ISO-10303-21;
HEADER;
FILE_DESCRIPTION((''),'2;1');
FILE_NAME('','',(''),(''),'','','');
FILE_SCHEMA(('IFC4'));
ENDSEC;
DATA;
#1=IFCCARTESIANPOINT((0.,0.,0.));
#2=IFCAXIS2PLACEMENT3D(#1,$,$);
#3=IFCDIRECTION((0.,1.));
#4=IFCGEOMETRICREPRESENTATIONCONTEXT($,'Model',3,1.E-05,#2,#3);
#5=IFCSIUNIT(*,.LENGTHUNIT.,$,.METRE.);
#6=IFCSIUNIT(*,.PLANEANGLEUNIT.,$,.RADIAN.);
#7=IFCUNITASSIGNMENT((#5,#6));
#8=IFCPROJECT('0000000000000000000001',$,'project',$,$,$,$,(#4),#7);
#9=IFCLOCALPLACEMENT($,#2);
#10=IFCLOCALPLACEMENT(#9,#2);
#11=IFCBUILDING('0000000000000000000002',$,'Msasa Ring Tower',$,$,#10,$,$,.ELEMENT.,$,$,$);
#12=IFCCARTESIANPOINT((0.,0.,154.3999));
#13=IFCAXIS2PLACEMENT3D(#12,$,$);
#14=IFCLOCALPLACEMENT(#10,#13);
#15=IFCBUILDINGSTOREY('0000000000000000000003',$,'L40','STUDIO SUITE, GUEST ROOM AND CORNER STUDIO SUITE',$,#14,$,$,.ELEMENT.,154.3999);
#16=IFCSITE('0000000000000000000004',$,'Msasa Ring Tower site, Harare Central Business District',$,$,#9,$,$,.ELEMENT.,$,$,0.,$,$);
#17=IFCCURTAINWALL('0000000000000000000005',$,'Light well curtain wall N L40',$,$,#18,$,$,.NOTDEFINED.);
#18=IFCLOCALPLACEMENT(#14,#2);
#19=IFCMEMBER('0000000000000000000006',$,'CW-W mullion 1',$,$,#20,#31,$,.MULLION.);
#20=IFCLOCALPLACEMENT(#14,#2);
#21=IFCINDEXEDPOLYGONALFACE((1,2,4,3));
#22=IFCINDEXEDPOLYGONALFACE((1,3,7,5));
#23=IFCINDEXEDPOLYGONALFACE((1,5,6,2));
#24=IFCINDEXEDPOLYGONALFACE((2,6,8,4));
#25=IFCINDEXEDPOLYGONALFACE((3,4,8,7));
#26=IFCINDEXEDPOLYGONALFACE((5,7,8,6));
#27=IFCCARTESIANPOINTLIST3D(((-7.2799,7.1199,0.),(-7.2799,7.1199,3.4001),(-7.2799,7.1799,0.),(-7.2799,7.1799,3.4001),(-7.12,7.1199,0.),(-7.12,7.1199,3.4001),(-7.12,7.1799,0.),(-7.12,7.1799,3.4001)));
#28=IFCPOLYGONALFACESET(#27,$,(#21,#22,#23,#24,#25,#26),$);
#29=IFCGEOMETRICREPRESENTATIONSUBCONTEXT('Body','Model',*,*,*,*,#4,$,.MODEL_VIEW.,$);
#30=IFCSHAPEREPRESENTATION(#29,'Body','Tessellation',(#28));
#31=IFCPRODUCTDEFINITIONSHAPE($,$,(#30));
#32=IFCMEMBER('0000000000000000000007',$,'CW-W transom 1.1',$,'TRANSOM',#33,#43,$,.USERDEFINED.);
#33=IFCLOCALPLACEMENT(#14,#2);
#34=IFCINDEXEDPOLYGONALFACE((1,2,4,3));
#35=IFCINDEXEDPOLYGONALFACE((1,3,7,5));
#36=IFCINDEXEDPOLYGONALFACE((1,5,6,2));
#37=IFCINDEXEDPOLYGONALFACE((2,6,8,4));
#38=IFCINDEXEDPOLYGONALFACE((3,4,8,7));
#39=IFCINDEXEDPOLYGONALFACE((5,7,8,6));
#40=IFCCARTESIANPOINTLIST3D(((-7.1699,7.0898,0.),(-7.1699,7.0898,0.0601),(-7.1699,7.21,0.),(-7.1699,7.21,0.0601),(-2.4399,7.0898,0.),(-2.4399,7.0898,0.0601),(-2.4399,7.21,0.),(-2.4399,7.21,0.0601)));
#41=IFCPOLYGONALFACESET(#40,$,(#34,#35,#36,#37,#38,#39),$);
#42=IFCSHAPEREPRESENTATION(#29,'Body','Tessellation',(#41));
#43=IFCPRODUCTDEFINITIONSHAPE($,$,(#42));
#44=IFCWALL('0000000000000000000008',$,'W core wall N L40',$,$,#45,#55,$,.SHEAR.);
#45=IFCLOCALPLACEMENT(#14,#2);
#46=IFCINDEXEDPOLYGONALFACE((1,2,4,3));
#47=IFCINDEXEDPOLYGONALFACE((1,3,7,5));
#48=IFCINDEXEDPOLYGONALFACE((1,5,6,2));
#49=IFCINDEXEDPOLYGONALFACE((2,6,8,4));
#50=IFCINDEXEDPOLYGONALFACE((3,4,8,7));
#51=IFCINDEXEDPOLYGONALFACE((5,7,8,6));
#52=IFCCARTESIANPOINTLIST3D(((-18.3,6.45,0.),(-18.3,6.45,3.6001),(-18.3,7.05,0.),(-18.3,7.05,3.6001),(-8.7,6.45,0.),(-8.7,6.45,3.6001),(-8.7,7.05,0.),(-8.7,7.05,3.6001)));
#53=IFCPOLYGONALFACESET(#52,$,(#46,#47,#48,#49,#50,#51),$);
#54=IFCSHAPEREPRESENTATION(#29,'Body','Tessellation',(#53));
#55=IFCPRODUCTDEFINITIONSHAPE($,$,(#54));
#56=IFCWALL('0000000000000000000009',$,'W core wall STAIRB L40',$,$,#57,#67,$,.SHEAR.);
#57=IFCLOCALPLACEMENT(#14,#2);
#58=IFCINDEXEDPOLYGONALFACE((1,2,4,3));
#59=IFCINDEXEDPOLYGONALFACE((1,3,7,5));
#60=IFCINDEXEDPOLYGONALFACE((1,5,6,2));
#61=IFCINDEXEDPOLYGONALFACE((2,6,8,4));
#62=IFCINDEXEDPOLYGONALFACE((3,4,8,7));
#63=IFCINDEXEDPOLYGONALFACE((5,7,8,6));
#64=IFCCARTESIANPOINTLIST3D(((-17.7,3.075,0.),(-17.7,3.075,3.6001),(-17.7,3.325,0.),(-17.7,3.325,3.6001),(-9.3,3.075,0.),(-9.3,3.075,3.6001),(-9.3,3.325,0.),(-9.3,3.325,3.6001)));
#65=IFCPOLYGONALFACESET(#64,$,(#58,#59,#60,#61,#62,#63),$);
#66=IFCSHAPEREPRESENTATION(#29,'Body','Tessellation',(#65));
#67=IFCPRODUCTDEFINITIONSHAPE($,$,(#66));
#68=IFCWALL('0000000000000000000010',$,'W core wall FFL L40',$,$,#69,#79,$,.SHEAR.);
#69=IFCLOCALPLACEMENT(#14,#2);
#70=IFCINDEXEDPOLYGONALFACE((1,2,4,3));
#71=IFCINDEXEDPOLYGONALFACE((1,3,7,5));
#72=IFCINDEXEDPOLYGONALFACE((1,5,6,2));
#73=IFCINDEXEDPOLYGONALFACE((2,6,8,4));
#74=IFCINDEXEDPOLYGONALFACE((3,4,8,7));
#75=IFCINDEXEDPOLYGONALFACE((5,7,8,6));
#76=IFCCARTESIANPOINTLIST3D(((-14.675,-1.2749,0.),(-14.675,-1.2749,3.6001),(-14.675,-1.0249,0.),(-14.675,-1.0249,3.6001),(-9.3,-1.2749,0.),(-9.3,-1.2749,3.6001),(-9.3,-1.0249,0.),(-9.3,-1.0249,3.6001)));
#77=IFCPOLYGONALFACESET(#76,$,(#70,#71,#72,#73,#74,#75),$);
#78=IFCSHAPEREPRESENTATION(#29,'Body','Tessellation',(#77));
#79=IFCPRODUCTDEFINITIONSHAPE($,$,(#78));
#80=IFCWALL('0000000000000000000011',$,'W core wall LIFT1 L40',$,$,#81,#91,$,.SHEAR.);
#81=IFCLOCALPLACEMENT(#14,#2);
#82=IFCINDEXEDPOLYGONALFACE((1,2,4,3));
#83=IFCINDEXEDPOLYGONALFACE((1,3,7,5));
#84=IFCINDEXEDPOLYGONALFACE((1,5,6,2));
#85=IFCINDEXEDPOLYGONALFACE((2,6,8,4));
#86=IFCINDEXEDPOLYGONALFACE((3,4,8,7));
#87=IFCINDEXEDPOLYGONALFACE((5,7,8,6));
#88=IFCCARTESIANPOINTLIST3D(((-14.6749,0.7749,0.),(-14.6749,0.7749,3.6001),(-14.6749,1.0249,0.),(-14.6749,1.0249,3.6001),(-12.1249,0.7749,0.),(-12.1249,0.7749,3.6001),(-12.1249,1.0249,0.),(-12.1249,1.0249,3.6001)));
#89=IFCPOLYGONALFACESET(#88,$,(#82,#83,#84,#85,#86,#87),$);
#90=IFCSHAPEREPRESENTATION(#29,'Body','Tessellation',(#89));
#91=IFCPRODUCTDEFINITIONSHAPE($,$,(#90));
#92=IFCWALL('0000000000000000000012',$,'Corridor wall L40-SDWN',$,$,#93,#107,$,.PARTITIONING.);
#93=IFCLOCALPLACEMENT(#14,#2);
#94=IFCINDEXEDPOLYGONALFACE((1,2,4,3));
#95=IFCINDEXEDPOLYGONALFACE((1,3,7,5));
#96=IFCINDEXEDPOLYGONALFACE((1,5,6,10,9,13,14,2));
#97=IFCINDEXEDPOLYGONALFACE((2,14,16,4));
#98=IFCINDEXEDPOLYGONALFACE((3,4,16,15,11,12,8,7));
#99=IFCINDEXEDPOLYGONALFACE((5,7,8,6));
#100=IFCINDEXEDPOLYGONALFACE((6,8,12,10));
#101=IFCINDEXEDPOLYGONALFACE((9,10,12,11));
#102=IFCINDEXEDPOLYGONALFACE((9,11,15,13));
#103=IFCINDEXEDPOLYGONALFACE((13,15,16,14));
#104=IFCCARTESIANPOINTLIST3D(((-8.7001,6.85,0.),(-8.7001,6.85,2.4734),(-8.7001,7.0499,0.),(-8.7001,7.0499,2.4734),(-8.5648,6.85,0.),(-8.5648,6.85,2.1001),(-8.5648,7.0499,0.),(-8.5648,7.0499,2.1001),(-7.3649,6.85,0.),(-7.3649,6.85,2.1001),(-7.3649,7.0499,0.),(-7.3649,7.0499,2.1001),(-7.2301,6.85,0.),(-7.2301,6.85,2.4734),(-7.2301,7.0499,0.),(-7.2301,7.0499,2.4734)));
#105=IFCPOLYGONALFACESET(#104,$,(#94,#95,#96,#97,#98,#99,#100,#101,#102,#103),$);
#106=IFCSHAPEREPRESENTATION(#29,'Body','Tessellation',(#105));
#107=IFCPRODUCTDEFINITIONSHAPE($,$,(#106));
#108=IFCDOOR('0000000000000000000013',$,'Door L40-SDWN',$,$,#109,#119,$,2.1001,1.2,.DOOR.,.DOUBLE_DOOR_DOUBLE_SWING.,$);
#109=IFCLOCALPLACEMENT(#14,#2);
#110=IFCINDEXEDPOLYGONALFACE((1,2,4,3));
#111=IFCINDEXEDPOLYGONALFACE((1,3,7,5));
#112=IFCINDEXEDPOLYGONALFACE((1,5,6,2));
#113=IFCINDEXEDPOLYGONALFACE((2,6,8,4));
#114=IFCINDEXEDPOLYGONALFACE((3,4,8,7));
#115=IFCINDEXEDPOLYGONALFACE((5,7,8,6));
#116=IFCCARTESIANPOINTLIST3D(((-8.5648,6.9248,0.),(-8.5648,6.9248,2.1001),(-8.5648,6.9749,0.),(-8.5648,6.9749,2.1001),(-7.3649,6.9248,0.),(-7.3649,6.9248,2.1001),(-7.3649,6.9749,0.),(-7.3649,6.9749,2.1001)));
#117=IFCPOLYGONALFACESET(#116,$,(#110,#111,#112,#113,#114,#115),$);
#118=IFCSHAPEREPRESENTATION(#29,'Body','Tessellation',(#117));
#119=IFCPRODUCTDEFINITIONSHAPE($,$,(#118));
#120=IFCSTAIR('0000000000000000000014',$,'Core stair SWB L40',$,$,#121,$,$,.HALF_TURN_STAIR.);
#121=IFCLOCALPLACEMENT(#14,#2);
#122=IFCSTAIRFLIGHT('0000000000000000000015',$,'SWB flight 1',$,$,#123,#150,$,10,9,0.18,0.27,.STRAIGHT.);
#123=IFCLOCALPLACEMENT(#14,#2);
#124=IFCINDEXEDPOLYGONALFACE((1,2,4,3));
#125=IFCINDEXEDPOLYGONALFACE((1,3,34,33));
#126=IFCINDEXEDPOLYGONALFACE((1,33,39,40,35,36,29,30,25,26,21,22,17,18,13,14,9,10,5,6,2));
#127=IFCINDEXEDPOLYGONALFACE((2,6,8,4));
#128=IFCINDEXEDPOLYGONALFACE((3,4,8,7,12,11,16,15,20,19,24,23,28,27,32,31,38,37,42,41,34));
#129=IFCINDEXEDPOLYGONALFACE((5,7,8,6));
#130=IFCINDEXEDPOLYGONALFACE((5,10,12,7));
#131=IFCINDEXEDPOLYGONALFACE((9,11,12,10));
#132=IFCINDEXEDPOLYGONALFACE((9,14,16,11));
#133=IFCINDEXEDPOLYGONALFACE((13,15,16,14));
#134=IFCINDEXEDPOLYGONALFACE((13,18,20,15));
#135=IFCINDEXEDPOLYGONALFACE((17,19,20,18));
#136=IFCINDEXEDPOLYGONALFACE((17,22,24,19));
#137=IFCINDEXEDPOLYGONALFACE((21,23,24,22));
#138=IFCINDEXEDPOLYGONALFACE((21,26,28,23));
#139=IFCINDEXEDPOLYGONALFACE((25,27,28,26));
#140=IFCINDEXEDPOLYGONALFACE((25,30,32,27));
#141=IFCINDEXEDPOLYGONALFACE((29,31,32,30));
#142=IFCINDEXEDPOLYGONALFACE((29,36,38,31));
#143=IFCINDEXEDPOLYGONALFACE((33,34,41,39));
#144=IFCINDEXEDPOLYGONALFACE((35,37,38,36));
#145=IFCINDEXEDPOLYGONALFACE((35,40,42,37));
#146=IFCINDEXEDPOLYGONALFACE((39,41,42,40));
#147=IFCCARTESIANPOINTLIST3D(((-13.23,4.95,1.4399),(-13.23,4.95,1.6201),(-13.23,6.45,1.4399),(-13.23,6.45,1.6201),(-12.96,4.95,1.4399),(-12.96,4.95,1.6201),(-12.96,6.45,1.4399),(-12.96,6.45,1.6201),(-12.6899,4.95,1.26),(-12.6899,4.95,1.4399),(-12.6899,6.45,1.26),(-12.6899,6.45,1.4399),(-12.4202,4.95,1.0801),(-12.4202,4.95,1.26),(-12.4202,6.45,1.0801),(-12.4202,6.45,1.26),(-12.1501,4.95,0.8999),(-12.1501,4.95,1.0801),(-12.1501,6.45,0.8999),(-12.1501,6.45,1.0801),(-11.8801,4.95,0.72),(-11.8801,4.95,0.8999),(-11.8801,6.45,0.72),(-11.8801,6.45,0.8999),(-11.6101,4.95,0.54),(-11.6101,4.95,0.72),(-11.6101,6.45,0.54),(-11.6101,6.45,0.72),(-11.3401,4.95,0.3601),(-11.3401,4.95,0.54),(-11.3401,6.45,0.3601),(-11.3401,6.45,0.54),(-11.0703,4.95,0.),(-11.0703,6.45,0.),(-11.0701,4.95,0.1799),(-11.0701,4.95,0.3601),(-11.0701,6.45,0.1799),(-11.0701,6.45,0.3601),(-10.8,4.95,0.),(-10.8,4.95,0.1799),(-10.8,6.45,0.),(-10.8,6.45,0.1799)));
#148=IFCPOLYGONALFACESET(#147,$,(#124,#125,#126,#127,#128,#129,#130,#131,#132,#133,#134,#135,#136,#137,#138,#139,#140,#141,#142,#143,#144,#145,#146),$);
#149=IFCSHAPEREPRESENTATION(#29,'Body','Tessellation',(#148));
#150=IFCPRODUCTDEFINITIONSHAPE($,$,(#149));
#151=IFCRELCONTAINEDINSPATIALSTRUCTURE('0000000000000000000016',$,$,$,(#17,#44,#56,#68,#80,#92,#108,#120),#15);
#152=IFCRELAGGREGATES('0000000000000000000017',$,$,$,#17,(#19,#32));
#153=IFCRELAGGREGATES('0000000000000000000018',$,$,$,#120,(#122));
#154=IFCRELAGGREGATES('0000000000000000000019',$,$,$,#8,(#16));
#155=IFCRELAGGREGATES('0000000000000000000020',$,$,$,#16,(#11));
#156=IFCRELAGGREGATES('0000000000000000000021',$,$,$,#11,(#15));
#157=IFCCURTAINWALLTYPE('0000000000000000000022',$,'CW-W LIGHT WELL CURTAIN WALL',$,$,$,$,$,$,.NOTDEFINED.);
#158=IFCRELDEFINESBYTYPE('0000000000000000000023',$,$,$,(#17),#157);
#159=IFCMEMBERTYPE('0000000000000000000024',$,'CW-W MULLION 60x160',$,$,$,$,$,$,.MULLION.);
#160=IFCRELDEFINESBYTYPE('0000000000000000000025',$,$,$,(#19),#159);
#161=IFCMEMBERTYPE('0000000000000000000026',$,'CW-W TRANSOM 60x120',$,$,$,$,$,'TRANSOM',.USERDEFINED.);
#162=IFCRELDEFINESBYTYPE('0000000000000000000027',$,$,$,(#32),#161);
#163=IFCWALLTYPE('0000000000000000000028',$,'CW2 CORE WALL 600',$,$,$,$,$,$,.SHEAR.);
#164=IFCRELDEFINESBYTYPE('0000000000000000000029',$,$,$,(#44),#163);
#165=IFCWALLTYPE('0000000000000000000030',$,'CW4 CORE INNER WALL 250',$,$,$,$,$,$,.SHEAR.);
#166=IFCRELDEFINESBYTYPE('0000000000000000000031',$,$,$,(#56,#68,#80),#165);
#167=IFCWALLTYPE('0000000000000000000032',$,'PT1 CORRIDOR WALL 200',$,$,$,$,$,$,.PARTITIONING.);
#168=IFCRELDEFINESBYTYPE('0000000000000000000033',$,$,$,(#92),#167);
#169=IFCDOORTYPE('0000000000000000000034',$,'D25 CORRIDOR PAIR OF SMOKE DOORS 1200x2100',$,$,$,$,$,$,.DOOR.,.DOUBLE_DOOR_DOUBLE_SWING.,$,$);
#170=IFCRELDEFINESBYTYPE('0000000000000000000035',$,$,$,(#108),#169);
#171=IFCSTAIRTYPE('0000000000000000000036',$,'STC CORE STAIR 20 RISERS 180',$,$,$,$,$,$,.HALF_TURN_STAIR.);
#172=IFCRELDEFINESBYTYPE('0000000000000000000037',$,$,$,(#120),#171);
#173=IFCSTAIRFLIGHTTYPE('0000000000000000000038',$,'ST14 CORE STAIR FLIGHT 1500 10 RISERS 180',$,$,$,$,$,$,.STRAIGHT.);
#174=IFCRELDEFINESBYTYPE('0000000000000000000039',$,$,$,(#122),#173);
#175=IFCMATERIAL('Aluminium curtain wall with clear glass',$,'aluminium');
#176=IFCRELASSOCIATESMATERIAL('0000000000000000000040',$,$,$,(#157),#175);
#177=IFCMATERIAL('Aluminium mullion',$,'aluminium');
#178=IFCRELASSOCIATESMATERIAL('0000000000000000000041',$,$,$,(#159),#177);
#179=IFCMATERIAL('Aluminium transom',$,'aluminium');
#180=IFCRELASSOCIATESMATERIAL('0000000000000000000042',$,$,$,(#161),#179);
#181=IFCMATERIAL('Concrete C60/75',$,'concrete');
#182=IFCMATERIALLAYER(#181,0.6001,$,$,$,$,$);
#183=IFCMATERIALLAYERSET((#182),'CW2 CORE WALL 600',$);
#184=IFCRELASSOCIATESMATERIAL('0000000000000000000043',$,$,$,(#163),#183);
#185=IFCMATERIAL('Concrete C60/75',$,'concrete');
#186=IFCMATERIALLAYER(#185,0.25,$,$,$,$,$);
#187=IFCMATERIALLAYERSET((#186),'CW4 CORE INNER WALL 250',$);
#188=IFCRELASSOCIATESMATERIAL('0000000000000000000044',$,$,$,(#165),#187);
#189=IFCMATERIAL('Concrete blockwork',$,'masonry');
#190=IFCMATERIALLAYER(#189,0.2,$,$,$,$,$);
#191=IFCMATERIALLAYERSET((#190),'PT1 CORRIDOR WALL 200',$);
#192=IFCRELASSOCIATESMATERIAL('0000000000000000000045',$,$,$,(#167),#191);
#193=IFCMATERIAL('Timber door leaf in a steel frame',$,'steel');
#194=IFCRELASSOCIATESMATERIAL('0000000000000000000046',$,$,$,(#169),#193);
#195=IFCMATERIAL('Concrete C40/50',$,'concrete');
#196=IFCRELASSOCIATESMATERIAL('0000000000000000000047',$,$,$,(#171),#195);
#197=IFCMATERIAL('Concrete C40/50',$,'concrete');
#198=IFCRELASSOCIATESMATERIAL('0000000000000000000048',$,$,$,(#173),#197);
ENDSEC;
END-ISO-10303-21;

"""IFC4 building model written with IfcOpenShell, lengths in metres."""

from ifc_helpers import new_model, si_unit, direction, frame, frame_2d, origin, origin_2d, place, context, subcontext, project, spatial, polyline, rectangle, outline, extrude, material, layer, layer_set, material_profile, profile_set, type_object, element, fill, aggregate, save


model = new_model("IFC4")

# Units and contexts
model_context = context("Model", 3, precision=1e-05, world=origin(), true_north=direction((0.0, 1.0)))
body_context = subcontext(model_context, "Body", "Model", "MODEL_VIEW")
ifc_project = project(units=[si_unit("LENGTHUNIT", "METRE"), si_unit("PLANEANGLEUNIT", "RADIAN")], contexts=[model_context])

# Site, building, storey
site_placement = place(None, origin())
site = spatial("IfcSite", under=ifc_project, at=site_placement, Name="Msasa Ring Tower site, Harare Central Business District", CompositionType="ELEMENT", RefElevation=0.0)
building_placement = place(site_placement, origin())
building = spatial("IfcBuilding", under=site, at=building_placement, Name="Msasa Ring Tower", CompositionType="ELEMENT")
storey_placement = place(building_placement, frame((0.0, 0.0, 154.3999)))
storey = spatial("IfcBuildingStorey", under=building, at=storey_placement, Name="L40", Description="STUDIO SUITE, GUEST ROOM AND CORNER STUDIO SUITE", CompositionType="ELEMENT", Elevation=154.3999)

# Curtain wall, members
ifc_material_1 = material(Name="Aluminium curtain wall with clear glass", Category="aluminium")
curtain_wall_type = type_object("IfcCurtainWallType", Name="CW-W LIGHT WELL CURTAIN WALL", PredefinedType="NOTDEFINED", material=ifc_material_1)
curtain_wall_placement = place(storey_placement, origin())
curtain_wall = element("IfcCurtainWall", 1, at=curtain_wall_placement, inside=storey, type_object=curtain_wall_type, Name="Light well curtain wall N L40", PredefinedType="NOTDEFINED")
ifc_material_2 = material(Name="Aluminium mullion", Category="aluminium")
ifc_material_profile_1 = material_profile(ifc_material_2, rectangle(XDim=0.0601, YDim=0.1599, at=origin_2d()), Name="AL 60x160")
ifc_profile_set_1 = profile_set([ifc_material_profile_1], Name="Aluminium mullion")
member_type_1 = type_object("IfcMemberType", Name="CW-W MULLION 60x160", PredefinedType="MULLION", material=ifc_profile_set_1)
member_1_placement = place(storey_placement, frame((-7.2, 7.1499, 0.0), z_axis=(0.0, 0.0, 1.0), x_axis=(0.0, 1.0, 0.0)))
member_1 = element("IfcMember", 2, at=member_1_placement, type_object=member_type_1, Name="CW-W mullion 1", PredefinedType="MULLION", context=body_context, shape_type="SweptSolid", body=[
    extrude(rectangle(XDim=0.0601, YDim=0.1599, at=origin_2d()), origin(), (0.0, 0.0, 1.0), 3.4001),
])
ifc_material_3 = material(Name="Aluminium transom", Category="aluminium")
ifc_material_profile_2 = material_profile(ifc_material_3, rectangle(XDim=0.1201, YDim=0.0601, at=origin_2d()), Name="AL 60x120")
ifc_profile_set_2 = profile_set([ifc_material_profile_2], Name="Aluminium transom")
member_type_2 = type_object("IfcMemberType", Name="CW-W TRANSOM 60x120", ElementType="TRANSOM", PredefinedType="USERDEFINED", material=ifc_profile_set_2)
member_2_placement = place(storey_placement, frame((-7.1699, 7.1499, 0.03), z_axis=(1.0, 0.0, 0.0), x_axis=(0.0, 1.0, 0.0)))
member_2 = element("IfcMember", 3, at=member_2_placement, type_object=member_type_2, Name="CW-W transom 1.1", ObjectType="TRANSOM", PredefinedType="USERDEFINED", context=body_context, shape_type="SweptSolid", body=[
    extrude(rectangle(XDim=0.1201, YDim=0.0601, at=origin_2d()), origin(), (0.0, 0.0, 1.0), 4.73),
])
aggregate(curtain_wall, [member_1, member_2])

# Walls
ifc_material_4 = material(Name="Concrete C60/75", Category="concrete")
ifc_layer_1 = layer(ifc_material_4, 0.6001)
ifc_layer_set_1 = layer_set([ifc_layer_1], Name="CW2 CORE WALL 600")
wall_type_1 = type_object("IfcWallType", Name="CW2 CORE WALL 600", PredefinedType="SHEAR", material=ifc_layer_set_1)
wall_1_placement = place(storey_placement, frame((-8.7, 6.75, 0.0), z_axis=(0.0, 0.0, 1.0), x_axis=(-1.0, 0.0, 0.0)))
element("IfcWall", 4, at=wall_1_placement, inside=storey, type_object=wall_type_1, Name="W core wall N L40", PredefinedType="SHEAR", context=body_context, shape_type="SweptSolid", body=[
    extrude(rectangle(XDim=9.6001, YDim=0.6001, at=frame_2d((4.8, 0.0))), origin(), (0.0, 0.0, 1.0), 3.6001),
])
ifc_material_5 = material(Name="Concrete C60/75", Category="concrete")
ifc_layer_2 = layer(ifc_material_5, 0.25)
ifc_layer_set_2 = layer_set([ifc_layer_2], Name="CW4 CORE INNER WALL 250")
wall_type_2 = type_object("IfcWallType", Name="CW4 CORE INNER WALL 250", PredefinedType="SHEAR", material=ifc_layer_set_2)
wall_2_placement = place(storey_placement, frame((-9.3, 3.2, 0.0), z_axis=(0.0, 0.0, 1.0), x_axis=(-1.0, 0.0, 0.0)))
element("IfcWall", 5, at=wall_2_placement, inside=storey, type_object=wall_type_2, Name="W core wall STAIRB L40", PredefinedType="SHEAR", context=body_context, shape_type="SweptSolid", body=[
    extrude(rectangle(XDim=8.3999, YDim=0.25, at=frame_2d((4.2, 0.0))), origin(), (0.0, 0.0, 1.0), 3.6001),
])
wall_3_placement = place(storey_placement, frame((-9.3, -1.1499, 0.0), z_axis=(0.0, 0.0, 1.0), x_axis=(-1.0, 0.0, 0.0)))
element("IfcWall", 6, at=wall_3_placement, inside=storey, type_object=wall_type_2, Name="W core wall FFL L40", PredefinedType="SHEAR", context=body_context, shape_type="SweptSolid", body=[
    extrude(rectangle(XDim=5.375, YDim=0.25, at=frame_2d((2.6875, 0.0))), origin(), (0.0, 0.0, 1.0), 3.6001),
])
wall_4_placement = place(storey_placement, frame((-12.125, 0.8999, 0.0), z_axis=(0.0, 0.0, 1.0), x_axis=(-1.0, 0.0, 0.0)))
element("IfcWall", 7, at=wall_4_placement, inside=storey, type_object=wall_type_2, Name="W core wall LIFT1 L40", PredefinedType="SHEAR", context=body_context, shape_type="SweptSolid", body=[
    extrude(rectangle(XDim=2.55, YDim=0.25, at=frame_2d((1.2749, 0.0))), origin(), (0.0, 0.0, 1.0), 3.6001),
])

# Wall, opening, door
ifc_material_6 = material(Name="Concrete blockwork", Category="masonry")
ifc_layer_3 = layer(ifc_material_6, 0.2)
ifc_layer_set_3 = layer_set([ifc_layer_3], Name="PT1 CORRIDOR WALL 200")
wall_type_3 = type_object("IfcWallType", Name="PT1 CORRIDOR WALL 200", PredefinedType="PARTITIONING", material=ifc_layer_set_3)
wall_5_placement = place(storey_placement, frame((-8.7, 6.95, 0.0), z_axis=(0.0, 0.0, 1.0), x_axis=(1.0, 0.0, 0.0)))
wall_5 = element("IfcWall", 8, at=wall_5_placement, inside=storey, type_object=wall_type_3, Name="Corridor wall L40-SDWN", PredefinedType="PARTITIONING", context=body_context, shape_type="SweptSolid", body=[
    extrude(rectangle(XDim=1.47, YDim=0.2, at=frame_2d((0.7349, 0.0))), origin(), (0.0, 0.0, 1.0), 2.4734),
])
opening_placement = place(wall_5_placement, frame((0.135, 0.0, 0.0)))
opening = element("IfcOpeningElement", 9, at=opening_placement, cuts=wall_5, PredefinedType="OPENING", context=body_context, shape_type="SweptSolid", body=[
    extrude(rectangle(XDim=1.2, YDim=2.1001, at=frame_2d((0.6001, 1.05))), frame((0.0, 0.1099, 0.0), z_axis=(0.0, -1.0, 0.0), x_axis=(1.0, 0.0, 0.0)), (0.0, 0.0, 1.0), 0.22),
])
ifc_material_7 = material(Name="Timber door leaf in a steel frame", Category="steel")
door_type = type_object("IfcDoorType", Name="D25 CORRIDOR PAIR OF SMOKE DOORS 1200x2100", OperationType="DOUBLE_DOOR_DOUBLE_SWING", PredefinedType="DOOR", material=ifc_material_7)
door_placement = place(opening_placement, origin())
door = element("IfcDoor", 10, at=door_placement, inside=storey, type_object=door_type, Name="Door L40-SDWN", OperationType="DOUBLE_DOOR_DOUBLE_SWING", OverallHeight=2.1001, OverallWidth=1.2, PredefinedType="DOOR", context=body_context, shape_type="SweptSolid", body=[
    extrude(rectangle(XDim=1.2, YDim=2.1001, at=frame_2d((0.6001, 1.05))), frame((0.0, 0.0249, 0.0), z_axis=(0.0, -1.0, 0.0), x_axis=(1.0, 0.0, 0.0)), (0.0, 0.0, 1.0), 0.05),
])
fill(opening, door)

# Stair, stair flight
ifc_material_8 = material(Name="Concrete C40/50", Category="concrete")
stair_type = type_object("IfcStairType", Name="STC CORE STAIR 20 RISERS 180", PredefinedType="HALF_TURN_STAIR", material=ifc_material_8)
stair_placement = place(storey_placement, origin())
stair = element("IfcStair", 11, at=stair_placement, inside=storey, type_object=stair_type, Name="Core stair SWB L40", PredefinedType="HALF_TURN_STAIR")
ifc_material_9 = material(Name="Concrete C40/50", Category="concrete")
stair_flight_type = type_object("IfcStairFlightType", Name="ST14 CORE STAIR FLIGHT 1500 10 RISERS 180", PredefinedType="STRAIGHT", material=ifc_material_9)
stair_flight_1_placement = place(storey_placement, frame((-10.8, 5.7, 0.0), z_axis=(0.0, 0.0, 1.0), x_axis=(-1.0, 0.0, 0.0)))
stair_flight_1 = element("IfcStairFlight", 12, at=stair_flight_1_placement, type_object=stair_flight_type, Name="SWB flight 1", NumberOfRisers=10, NumberOfTreads=9, PredefinedType="STRAIGHT", RiserHeight=0.18, TreadLength=0.27, context=body_context, shape_type="SweptSolid", body=[
    extrude(outline(polyline([(0.0, 0.0), (0.0, 0.1799), (0.27, 0.1799), (0.27, 0.3601), (0.54, 0.3601), (0.54, 0.54), (0.8101, 0.54), (0.8101, 0.72), (1.0801, 0.72), (1.0801, 0.8999), (1.3501, 0.8999), (1.3501, 1.0801), (1.6201, 1.0801), (1.6201, 1.26), (1.8899, 1.26), (1.8899, 1.4399), (2.1599, 1.4399), (2.1599, 1.6201), (2.4299, 1.6201), (2.4299, 1.8), (2.4299, 1.4399), (0.2703, 0.0), (0.0, 0.0)])), frame((0.0, 0.75, 0.0), z_axis=(0.0, -1.0, 0.0), x_axis=(1.0, 0.0, 0.0)), (0.0, 0.0, 1.0), 1.5),
])
aggregate(stair, [stair_flight_1])

save(model, "model.ifc")
